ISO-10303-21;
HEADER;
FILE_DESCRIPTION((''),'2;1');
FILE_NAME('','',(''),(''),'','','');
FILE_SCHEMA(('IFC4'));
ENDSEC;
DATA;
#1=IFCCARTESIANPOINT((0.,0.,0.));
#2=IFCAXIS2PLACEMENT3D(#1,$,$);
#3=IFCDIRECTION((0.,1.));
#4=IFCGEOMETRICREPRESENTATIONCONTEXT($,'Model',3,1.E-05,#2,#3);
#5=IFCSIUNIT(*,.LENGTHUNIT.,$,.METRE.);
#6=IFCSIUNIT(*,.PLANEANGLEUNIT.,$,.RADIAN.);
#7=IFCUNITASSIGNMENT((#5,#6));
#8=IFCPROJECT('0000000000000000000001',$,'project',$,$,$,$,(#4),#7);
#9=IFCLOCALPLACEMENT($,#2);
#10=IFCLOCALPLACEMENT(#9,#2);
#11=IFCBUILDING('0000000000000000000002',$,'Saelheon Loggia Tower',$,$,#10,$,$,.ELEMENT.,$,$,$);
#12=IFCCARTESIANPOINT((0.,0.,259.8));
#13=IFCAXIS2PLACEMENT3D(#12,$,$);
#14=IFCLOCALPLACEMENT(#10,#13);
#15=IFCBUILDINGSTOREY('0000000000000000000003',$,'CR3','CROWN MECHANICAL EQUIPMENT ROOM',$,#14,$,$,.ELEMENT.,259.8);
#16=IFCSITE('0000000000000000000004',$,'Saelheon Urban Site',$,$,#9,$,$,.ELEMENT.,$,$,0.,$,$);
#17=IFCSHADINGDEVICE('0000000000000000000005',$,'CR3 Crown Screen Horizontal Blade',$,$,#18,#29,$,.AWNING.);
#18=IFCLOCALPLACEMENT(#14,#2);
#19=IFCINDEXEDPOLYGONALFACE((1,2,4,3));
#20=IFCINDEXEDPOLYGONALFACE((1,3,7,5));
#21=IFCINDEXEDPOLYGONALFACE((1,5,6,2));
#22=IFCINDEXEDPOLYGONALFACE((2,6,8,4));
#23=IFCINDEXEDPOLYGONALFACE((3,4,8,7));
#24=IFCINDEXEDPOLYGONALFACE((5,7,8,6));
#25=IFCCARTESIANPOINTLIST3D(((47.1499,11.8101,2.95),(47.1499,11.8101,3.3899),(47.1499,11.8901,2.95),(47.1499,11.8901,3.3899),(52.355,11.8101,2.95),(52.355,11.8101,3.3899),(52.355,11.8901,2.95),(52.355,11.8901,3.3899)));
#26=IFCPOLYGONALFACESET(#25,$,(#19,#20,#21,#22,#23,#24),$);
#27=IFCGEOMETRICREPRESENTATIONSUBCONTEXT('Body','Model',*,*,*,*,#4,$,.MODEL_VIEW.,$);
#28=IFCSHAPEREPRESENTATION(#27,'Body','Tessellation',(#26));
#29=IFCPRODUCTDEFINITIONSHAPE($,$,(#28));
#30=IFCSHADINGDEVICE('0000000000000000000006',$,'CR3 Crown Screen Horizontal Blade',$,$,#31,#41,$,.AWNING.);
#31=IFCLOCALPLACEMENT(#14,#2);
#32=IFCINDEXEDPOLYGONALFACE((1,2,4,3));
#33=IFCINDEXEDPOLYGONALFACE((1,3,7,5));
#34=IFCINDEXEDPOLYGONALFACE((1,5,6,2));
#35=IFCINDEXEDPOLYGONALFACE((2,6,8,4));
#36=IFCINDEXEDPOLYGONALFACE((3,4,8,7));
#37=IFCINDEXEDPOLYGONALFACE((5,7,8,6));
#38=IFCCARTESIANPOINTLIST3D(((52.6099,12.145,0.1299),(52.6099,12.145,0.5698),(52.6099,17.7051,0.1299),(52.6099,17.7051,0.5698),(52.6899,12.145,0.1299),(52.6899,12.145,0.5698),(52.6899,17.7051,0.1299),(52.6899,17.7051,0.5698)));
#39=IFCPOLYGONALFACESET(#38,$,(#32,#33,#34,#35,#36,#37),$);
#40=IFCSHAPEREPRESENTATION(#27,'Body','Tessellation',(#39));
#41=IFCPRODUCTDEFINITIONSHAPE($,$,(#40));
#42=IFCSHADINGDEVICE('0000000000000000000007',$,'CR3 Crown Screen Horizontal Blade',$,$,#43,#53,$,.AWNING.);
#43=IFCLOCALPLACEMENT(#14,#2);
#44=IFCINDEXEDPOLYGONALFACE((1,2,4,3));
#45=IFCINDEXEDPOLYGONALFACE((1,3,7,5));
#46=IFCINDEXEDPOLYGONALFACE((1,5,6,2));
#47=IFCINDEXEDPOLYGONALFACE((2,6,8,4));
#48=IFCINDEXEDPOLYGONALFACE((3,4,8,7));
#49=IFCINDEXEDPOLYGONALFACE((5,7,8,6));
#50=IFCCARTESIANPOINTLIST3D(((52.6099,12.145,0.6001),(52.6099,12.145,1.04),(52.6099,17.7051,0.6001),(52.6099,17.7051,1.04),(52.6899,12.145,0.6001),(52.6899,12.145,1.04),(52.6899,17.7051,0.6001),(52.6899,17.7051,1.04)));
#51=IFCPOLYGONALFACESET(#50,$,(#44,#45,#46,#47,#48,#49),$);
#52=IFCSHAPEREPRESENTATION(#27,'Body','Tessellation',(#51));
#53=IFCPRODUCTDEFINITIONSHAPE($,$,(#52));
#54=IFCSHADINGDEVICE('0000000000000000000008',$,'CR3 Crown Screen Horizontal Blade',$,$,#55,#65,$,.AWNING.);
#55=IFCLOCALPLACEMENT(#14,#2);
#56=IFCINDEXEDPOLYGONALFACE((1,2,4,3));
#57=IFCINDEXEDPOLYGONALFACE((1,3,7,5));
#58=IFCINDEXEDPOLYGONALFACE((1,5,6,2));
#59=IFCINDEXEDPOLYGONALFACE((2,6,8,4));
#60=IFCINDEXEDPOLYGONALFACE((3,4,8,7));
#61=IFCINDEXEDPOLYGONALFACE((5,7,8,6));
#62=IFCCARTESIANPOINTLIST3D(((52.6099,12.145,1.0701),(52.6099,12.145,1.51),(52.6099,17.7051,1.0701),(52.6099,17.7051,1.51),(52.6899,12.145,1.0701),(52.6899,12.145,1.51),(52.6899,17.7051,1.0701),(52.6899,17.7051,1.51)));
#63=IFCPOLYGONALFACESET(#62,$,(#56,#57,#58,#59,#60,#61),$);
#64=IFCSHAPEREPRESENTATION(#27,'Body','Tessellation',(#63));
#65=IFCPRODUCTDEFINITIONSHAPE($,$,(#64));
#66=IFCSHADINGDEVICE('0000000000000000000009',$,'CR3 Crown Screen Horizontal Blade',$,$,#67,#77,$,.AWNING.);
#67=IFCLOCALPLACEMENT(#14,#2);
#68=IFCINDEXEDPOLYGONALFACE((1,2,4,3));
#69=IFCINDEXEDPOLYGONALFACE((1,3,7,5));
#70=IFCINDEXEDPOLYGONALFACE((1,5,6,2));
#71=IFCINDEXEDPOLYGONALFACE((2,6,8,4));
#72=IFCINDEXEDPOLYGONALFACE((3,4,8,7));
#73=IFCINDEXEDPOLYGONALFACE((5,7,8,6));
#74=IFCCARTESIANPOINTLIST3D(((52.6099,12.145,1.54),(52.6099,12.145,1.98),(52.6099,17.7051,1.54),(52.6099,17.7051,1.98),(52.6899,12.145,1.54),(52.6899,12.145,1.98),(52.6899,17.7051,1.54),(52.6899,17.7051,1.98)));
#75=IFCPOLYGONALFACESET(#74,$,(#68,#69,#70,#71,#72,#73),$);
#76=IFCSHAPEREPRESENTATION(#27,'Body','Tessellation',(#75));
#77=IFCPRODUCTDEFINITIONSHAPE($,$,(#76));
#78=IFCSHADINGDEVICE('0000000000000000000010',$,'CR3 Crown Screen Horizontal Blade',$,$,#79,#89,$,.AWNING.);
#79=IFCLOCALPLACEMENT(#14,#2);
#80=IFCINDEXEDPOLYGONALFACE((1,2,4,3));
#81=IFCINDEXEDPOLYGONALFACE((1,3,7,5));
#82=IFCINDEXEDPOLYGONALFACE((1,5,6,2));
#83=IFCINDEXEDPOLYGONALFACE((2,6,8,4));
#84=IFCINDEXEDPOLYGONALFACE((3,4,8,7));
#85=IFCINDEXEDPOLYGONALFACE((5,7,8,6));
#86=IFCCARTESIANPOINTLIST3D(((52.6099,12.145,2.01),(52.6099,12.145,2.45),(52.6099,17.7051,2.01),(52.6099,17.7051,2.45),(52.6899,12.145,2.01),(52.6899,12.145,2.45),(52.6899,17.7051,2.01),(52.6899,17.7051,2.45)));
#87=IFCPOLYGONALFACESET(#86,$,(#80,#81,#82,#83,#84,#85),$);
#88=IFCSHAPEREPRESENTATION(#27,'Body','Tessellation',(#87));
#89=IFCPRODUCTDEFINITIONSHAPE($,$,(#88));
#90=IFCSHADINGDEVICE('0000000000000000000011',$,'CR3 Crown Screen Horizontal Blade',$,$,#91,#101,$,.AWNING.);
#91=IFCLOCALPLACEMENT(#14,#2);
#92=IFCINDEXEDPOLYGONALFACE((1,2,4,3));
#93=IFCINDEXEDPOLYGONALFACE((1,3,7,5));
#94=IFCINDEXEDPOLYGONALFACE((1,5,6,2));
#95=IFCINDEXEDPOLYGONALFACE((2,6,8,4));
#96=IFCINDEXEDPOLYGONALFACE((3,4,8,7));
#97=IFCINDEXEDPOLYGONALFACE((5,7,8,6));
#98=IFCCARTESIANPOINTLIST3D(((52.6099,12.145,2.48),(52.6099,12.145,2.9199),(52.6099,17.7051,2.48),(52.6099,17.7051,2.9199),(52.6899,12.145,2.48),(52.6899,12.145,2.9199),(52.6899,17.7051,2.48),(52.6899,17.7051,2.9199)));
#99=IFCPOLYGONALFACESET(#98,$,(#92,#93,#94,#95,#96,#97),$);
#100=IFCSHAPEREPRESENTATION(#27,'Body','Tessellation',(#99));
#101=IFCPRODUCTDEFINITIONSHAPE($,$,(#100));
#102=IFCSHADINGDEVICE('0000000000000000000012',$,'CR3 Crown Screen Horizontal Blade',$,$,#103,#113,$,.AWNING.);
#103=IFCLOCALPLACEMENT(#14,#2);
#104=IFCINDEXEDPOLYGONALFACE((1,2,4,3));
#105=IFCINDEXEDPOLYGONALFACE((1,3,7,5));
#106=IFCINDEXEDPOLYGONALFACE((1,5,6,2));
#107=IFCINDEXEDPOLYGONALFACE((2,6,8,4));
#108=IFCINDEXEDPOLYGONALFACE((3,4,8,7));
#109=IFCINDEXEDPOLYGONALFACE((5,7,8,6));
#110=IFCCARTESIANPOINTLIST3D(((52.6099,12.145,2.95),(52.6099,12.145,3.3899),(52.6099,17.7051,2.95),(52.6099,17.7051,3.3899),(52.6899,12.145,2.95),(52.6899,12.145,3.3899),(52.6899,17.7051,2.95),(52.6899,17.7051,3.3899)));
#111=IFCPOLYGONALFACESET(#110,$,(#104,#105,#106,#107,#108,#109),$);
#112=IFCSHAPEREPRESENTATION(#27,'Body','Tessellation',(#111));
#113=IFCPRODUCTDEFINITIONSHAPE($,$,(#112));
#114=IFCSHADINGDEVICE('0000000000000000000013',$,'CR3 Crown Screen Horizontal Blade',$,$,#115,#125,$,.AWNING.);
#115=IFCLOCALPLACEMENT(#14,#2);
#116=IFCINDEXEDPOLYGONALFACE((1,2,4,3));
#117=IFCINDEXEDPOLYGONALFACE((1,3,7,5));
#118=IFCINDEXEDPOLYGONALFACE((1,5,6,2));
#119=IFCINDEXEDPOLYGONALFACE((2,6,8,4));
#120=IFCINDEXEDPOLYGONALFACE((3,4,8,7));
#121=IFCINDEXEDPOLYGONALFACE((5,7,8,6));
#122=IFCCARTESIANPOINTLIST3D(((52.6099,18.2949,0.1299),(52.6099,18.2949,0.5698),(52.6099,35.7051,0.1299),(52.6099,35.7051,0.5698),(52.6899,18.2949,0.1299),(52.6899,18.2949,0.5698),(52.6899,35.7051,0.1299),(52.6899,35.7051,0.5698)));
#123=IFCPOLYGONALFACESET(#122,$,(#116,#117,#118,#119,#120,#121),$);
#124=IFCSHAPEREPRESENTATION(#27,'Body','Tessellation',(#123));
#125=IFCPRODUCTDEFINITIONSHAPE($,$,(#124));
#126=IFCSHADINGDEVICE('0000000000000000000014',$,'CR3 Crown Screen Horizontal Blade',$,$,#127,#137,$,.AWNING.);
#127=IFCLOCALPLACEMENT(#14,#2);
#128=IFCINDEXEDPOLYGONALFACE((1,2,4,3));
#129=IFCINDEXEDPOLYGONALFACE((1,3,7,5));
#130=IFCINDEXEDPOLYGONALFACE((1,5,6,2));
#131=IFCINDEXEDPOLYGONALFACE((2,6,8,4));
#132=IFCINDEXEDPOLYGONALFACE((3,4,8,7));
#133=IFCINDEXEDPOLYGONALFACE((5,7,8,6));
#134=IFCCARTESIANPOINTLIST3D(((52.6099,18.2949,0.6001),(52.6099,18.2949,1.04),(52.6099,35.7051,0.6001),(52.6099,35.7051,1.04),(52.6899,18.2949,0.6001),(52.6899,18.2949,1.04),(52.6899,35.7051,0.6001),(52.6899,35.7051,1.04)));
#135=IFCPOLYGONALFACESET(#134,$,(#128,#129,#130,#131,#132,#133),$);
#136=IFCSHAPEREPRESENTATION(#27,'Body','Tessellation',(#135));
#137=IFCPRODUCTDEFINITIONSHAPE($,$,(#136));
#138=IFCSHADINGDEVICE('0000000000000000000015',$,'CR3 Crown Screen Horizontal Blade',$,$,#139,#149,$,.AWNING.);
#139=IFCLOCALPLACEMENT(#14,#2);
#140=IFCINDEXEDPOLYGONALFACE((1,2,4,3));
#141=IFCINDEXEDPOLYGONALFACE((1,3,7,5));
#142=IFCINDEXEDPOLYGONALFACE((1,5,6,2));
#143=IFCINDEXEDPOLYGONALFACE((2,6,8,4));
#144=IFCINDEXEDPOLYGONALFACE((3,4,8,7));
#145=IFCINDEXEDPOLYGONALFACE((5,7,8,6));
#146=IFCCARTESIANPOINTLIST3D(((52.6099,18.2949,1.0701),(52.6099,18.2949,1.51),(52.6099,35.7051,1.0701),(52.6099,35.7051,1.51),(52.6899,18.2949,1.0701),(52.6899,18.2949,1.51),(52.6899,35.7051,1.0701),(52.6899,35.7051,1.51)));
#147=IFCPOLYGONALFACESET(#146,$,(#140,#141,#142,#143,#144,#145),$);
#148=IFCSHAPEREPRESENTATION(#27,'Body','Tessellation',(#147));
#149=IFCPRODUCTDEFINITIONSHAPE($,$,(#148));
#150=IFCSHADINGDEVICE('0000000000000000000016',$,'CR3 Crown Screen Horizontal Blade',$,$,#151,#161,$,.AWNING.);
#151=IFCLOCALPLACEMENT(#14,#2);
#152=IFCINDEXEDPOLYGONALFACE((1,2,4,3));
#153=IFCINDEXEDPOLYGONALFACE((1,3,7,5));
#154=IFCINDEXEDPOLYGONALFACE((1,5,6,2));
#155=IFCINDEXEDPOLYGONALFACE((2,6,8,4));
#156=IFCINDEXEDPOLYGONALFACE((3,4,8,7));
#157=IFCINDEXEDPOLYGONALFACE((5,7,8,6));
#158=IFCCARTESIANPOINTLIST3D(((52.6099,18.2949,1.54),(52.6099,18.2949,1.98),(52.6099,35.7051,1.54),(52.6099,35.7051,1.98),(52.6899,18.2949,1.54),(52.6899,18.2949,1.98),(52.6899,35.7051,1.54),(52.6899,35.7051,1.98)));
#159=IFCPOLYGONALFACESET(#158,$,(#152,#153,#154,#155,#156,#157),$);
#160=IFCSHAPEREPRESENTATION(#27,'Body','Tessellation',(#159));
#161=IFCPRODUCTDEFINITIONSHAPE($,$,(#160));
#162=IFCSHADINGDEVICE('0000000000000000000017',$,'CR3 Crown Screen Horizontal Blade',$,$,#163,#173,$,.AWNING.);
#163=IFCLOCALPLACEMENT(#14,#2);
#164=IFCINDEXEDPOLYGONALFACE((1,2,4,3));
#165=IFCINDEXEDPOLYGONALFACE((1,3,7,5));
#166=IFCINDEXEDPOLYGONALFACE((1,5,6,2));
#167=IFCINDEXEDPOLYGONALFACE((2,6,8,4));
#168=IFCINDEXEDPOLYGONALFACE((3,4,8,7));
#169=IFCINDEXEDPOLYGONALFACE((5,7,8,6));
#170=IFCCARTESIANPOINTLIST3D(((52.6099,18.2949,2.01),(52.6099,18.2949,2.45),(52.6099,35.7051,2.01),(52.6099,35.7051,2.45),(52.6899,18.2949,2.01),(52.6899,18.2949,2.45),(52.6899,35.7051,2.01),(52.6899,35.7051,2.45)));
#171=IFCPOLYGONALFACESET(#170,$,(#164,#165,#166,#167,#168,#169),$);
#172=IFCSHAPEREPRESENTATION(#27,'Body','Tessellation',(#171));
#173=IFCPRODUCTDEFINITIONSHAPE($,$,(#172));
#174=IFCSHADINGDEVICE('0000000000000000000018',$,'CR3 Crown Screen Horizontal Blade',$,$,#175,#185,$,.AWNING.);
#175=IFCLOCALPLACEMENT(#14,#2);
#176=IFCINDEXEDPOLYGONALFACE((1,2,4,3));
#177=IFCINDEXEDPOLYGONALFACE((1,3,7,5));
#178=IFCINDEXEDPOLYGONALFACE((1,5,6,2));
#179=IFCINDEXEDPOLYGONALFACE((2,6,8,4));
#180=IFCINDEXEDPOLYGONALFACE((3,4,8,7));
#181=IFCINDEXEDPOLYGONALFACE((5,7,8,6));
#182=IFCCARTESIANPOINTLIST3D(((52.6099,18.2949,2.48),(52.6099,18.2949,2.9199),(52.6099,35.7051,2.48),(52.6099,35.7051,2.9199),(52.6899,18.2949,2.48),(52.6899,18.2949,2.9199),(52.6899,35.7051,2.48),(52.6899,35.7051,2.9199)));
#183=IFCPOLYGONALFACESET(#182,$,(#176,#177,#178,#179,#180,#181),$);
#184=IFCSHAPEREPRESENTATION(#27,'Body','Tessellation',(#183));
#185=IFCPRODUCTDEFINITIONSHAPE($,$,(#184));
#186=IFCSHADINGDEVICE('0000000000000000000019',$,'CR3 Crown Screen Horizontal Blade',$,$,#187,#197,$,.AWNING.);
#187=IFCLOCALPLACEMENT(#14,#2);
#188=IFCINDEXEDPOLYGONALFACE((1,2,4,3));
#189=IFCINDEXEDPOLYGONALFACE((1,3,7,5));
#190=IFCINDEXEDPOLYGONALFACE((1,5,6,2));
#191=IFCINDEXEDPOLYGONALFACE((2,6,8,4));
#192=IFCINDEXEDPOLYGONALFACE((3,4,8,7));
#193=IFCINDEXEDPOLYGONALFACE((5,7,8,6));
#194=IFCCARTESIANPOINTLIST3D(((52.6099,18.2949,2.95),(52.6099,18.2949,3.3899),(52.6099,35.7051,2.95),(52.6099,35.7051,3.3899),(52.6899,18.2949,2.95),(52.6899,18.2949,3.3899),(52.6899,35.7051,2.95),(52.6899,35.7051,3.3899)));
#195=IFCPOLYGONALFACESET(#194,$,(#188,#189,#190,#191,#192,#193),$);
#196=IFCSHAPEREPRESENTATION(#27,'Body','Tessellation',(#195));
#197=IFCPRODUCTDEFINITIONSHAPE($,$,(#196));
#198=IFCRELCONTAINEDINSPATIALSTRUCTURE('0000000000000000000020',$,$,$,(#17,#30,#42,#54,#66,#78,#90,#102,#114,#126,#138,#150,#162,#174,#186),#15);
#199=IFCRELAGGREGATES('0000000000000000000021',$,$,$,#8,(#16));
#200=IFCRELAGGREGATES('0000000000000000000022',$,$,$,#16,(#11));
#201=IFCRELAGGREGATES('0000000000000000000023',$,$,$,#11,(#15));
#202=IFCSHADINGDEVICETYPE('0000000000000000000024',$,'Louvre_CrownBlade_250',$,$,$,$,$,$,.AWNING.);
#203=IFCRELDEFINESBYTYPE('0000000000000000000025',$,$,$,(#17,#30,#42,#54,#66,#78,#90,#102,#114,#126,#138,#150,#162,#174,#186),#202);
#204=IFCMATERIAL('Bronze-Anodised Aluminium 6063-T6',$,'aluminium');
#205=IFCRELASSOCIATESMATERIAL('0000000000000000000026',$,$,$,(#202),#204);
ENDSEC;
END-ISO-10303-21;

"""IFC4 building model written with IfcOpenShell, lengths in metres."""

from ifc_helpers import new_model, si_unit, direction, frame, origin, origin_2d, place, context, subcontext, project, spatial, rectangle, extrude, source, transform, mapped, material, material_profile, profile_set, type_object, element, save


model = new_model("IFC4")

# Units and contexts
model_context = context("Model", 3, precision=1e-05, world=origin(), true_north=direction((0.0, 1.0)))
body_context = subcontext(model_context, "Body", "Model", "MODEL_VIEW")
ifc_project = project(units=[si_unit("LENGTHUNIT", "METRE"), si_unit("PLANEANGLEUNIT", "RADIAN")], contexts=[model_context])

# Site, building, storey
site_placement = place(None, origin())
site = spatial("IfcSite", under=ifc_project, at=site_placement, Name="Saelheon Urban Site", CompositionType="ELEMENT", RefElevation=0.0)
building_placement = place(site_placement, origin())
building = spatial("IfcBuilding", under=site, at=building_placement, Name="Saelheon Loggia Tower", CompositionType="ELEMENT")
storey_placement = place(building_placement, frame((0.0, 0.0, 259.8)))
storey = spatial("IfcBuildingStorey", under=building, at=storey_placement, Name="CR3", Description="CROWN MECHANICAL EQUIPMENT ROOM", CompositionType="ELEMENT", Elevation=259.8)

# Shading devices
ifc_material_1 = material(Name="Bronze-Anodised Aluminium 6063-T6", Category="aluminium")
ifc_material_profile_1 = material_profile(ifc_material_1, rectangle(XDim=0.0801, YDim=0.4399, at=origin_2d()), Name="Louvre_CrownBlade_250")
ifc_profile_set_1 = profile_set([ifc_material_profile_1], Name="Bronze-Anodised Aluminium 6063-T6")
shading_device_type = type_object("IfcShadingDeviceType", Name="Louvre_CrownBlade_250", PredefinedType="AWNING", material=ifc_profile_set_1)
shared_shape_1 = source(origin(), body_context, "Body", "SweptSolid", [
    extrude(rectangle(XDim=0.0801, YDim=0.4399, at=origin_2d()), origin(), (0.0, 0.0, 1.0), 5.2051),
])
for number, where, z_axis, x_axis, name in (
    (1, (47.1499, 11.8501, 3.1699), (1.0, 0.0, 0.0), (0.0, 1.0, 0.0), "CR3 Crown Screen Horizontal Blade"),
):
    element("IfcShadingDevice", number, at=place(storey_placement, frame(where, z_axis=z_axis, x_axis=x_axis)), inside=storey, type_object=shading_device_type, Name=name, PredefinedType="AWNING", context=body_context, shape_type="MappedRepresentation", body=[
        mapped(shared_shape_1, transform((0.0, 0.0, 0.0), scale=1.0)),
    ])
shared_shape_2 = source(origin(), body_context, "Body", "SweptSolid", [
    extrude(rectangle(XDim=0.0801, YDim=0.4399, at=origin_2d()), origin(), (0.0, 0.0, 1.0), 5.5601),
])
for number, where, z_axis, x_axis, name in (
    (2, (52.6499, 12.145, 0.3499), (0.0, 1.0, 0.0), (-1.0, 0.0, 0.0), "CR3 Crown Screen Horizontal Blade"),
    (3, (52.6499, 12.145, 0.8201), (0.0, 1.0, 0.0), (-1.0, 0.0, 0.0), "CR3 Crown Screen Horizontal Blade"),
    (4, (52.6499, 12.145, 1.29), (0.0, 1.0, 0.0), (-1.0, 0.0, 0.0), "CR3 Crown Screen Horizontal Blade"),
    (5, (52.6499, 12.145, 1.76), (0.0, 1.0, 0.0), (-1.0, 0.0, 0.0), "CR3 Crown Screen Horizontal Blade"),
    (6, (52.6499, 12.145, 2.23), (0.0, 1.0, 0.0), (-1.0, 0.0, 0.0), "CR3 Crown Screen Horizontal Blade"),
    (7, (52.6499, 12.145, 2.7), (0.0, 1.0, 0.0), (-1.0, 0.0, 0.0), "CR3 Crown Screen Horizontal Blade"),
    (8, (52.6499, 12.145, 3.1699), (0.0, 1.0, 0.0), (-1.0, 0.0, 0.0), "CR3 Crown Screen Horizontal Blade"),
):
    element("IfcShadingDevice", number, at=place(storey_placement, frame(where, z_axis=z_axis, x_axis=x_axis)), inside=storey, type_object=shading_device_type, Name=name, PredefinedType="AWNING", context=body_context, shape_type="MappedRepresentation", body=[
        mapped(shared_shape_2, transform((0.0, 0.0, 0.0), scale=1.0)),
    ])
shared_shape_3 = source(origin(), body_context, "Body", "SweptSolid", [
    extrude(rectangle(XDim=0.0801, YDim=0.4399, at=origin_2d()), origin(), (0.0, 0.0, 1.0), 17.4102),
])
for number, where, z_axis, x_axis, name in (
    (9, (52.6499, 18.2949, 0.3499), (0.0, 1.0, 0.0), (-1.0, 0.0, 0.0), "CR3 Crown Screen Horizontal Blade"),
    (10, (52.6499, 18.2949, 0.8201), (0.0, 1.0, 0.0), (-1.0, 0.0, 0.0), "CR3 Crown Screen Horizontal Blade"),
    (11, (52.6499, 18.2949, 1.29), (0.0, 1.0, 0.0), (-1.0, 0.0, 0.0), "CR3 Crown Screen Horizontal Blade"),
    (12, (52.6499, 18.2949, 1.76), (0.0, 1.0, 0.0), (-1.0, 0.0, 0.0), "CR3 Crown Screen Horizontal Blade"),
    (13, (52.6499, 18.2949, 2.23), (0.0, 1.0, 0.0), (-1.0, 0.0, 0.0), "CR3 Crown Screen Horizontal Blade"),
    (14, (52.6499, 18.2949, 2.7), (0.0, 1.0, 0.0), (-1.0, 0.0, 0.0), "CR3 Crown Screen Horizontal Blade"),
    (15, (52.6499, 18.2949, 3.1699), (0.0, 1.0, 0.0), (-1.0, 0.0, 0.0), "CR3 Crown Screen Horizontal Blade"),
):
    element("IfcShadingDevice", number, at=place(storey_placement, frame(where, z_axis=z_axis, x_axis=x_axis)), inside=storey, type_object=shading_device_type, Name=name, PredefinedType="AWNING", context=body_context, shape_type="MappedRepresentation", body=[
        mapped(shared_shape_3, transform((0.0, 0.0, 0.0), scale=1.0)),
    ])

save(model, "model.ifc")
